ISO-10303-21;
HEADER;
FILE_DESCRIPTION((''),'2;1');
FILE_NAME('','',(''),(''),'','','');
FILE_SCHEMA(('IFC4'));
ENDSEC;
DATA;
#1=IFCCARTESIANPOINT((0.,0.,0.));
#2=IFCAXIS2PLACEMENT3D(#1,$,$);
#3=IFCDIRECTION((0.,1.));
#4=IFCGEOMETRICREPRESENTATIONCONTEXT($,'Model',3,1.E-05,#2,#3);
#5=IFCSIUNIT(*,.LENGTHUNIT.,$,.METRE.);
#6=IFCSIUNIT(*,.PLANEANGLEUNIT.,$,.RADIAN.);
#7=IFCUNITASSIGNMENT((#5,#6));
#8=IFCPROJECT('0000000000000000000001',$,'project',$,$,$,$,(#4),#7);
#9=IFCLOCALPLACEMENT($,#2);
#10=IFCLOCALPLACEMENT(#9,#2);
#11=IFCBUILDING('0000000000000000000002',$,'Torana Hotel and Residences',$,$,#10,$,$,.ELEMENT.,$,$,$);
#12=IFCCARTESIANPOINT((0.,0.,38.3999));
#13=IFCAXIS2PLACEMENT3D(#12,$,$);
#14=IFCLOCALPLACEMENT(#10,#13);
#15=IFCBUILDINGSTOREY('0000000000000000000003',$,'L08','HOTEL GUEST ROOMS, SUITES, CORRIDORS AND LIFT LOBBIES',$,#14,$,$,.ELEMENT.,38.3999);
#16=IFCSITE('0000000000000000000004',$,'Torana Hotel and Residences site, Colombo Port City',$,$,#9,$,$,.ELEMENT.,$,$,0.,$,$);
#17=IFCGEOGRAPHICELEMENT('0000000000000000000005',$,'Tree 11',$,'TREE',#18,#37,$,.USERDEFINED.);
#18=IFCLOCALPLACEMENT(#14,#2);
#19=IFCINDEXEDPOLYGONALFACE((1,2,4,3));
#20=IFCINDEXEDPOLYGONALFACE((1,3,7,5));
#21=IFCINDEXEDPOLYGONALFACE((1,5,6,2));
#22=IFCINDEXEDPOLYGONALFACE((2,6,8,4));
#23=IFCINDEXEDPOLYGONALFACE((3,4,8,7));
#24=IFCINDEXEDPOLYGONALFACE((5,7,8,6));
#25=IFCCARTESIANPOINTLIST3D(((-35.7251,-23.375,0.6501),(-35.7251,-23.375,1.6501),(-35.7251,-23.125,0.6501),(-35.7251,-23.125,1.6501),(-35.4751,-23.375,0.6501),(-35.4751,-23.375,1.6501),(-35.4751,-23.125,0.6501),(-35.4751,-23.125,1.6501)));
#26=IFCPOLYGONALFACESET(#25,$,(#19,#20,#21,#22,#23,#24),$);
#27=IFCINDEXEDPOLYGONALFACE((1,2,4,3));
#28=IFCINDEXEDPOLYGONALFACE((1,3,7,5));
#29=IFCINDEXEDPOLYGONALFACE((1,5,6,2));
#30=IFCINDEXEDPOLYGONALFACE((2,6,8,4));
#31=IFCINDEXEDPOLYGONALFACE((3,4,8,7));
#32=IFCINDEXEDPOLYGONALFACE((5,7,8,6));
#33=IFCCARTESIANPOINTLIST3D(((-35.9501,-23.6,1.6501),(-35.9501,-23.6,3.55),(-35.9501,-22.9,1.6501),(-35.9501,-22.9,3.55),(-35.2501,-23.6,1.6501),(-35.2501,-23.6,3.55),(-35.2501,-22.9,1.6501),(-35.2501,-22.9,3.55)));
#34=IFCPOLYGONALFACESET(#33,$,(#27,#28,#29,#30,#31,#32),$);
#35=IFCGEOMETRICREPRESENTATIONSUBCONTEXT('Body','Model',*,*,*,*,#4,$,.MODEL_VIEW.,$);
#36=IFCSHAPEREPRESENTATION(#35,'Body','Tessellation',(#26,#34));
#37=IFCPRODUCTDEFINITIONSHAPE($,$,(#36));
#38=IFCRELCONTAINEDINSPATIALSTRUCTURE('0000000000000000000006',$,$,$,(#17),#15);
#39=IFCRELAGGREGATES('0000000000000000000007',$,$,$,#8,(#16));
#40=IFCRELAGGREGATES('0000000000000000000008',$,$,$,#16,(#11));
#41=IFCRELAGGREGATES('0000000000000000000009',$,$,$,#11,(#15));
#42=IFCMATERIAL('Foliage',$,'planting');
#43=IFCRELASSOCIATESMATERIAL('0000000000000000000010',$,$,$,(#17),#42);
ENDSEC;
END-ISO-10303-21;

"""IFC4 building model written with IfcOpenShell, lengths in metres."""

from ifc_helpers import new_model, si_unit, direction, frame, origin, origin_2d, place, context, subcontext, project, spatial, rectangle, extrude, material, element, save


model = new_model("IFC4")

# Units and contexts
model_context = context("Model", 3, precision=1e-05, world=origin(), true_north=direction((0.0, 1.0)))
body_context = subcontext(model_context, "Body", "Model", "MODEL_VIEW")
ifc_project = project(units=[si_unit("LENGTHUNIT", "METRE"), si_unit("PLANEANGLEUNIT", "RADIAN")], contexts=[model_context])

# Site, building, storey
site_placement = place(None, origin())
site = spatial("IfcSite", under=ifc_project, at=site_placement, Name="Torana Hotel and Residences site, Colombo Port City", CompositionType="ELEMENT", RefElevation=0.0)
building_placement = place(site_placement, origin())
building = spatial("IfcBuilding", under=site, at=building_placement, Name="Torana Hotel and Residences", CompositionType="ELEMENT")
storey_placement = place(building_placement, frame((0.0, 0.0, 38.3999)))
storey = spatial("IfcBuildingStorey", under=building, at=storey_placement, Name="L08", Description="HOTEL GUEST ROOMS, SUITES, CORRIDORS AND LIFT LOBBIES", CompositionType="ELEMENT", Elevation=38.3999)

# Geographic element
ifc_material_1 = material(Name="Foliage", Category="planting")
geographic_element_placement = place(storey_placement, frame((-35.6001, -23.25, 0.6501), z_axis=(0.0, 0.0, 1.0), x_axis=(1.0, 0.0, 0.0)))
element("IfcGeographicElement", 1, at=geographic_element_placement, inside=storey, material=ifc_material_1, Name="Tree 11", ObjectType="TREE", PredefinedType="USERDEFINED", context=body_context, shape_type="SweptSolid", body=[
    extrude(rectangle(XDim=0.25, YDim=0.25, at=origin_2d()), origin(), (0.0, 0.0, 1.0), 1.0),
    extrude(rectangle(XDim=0.7, YDim=0.7, at=origin_2d()), frame((0.0, 0.0, 1.0)), (0.0, 0.0, 1.0), 1.8999),
])

save(model, "model.ifc")
